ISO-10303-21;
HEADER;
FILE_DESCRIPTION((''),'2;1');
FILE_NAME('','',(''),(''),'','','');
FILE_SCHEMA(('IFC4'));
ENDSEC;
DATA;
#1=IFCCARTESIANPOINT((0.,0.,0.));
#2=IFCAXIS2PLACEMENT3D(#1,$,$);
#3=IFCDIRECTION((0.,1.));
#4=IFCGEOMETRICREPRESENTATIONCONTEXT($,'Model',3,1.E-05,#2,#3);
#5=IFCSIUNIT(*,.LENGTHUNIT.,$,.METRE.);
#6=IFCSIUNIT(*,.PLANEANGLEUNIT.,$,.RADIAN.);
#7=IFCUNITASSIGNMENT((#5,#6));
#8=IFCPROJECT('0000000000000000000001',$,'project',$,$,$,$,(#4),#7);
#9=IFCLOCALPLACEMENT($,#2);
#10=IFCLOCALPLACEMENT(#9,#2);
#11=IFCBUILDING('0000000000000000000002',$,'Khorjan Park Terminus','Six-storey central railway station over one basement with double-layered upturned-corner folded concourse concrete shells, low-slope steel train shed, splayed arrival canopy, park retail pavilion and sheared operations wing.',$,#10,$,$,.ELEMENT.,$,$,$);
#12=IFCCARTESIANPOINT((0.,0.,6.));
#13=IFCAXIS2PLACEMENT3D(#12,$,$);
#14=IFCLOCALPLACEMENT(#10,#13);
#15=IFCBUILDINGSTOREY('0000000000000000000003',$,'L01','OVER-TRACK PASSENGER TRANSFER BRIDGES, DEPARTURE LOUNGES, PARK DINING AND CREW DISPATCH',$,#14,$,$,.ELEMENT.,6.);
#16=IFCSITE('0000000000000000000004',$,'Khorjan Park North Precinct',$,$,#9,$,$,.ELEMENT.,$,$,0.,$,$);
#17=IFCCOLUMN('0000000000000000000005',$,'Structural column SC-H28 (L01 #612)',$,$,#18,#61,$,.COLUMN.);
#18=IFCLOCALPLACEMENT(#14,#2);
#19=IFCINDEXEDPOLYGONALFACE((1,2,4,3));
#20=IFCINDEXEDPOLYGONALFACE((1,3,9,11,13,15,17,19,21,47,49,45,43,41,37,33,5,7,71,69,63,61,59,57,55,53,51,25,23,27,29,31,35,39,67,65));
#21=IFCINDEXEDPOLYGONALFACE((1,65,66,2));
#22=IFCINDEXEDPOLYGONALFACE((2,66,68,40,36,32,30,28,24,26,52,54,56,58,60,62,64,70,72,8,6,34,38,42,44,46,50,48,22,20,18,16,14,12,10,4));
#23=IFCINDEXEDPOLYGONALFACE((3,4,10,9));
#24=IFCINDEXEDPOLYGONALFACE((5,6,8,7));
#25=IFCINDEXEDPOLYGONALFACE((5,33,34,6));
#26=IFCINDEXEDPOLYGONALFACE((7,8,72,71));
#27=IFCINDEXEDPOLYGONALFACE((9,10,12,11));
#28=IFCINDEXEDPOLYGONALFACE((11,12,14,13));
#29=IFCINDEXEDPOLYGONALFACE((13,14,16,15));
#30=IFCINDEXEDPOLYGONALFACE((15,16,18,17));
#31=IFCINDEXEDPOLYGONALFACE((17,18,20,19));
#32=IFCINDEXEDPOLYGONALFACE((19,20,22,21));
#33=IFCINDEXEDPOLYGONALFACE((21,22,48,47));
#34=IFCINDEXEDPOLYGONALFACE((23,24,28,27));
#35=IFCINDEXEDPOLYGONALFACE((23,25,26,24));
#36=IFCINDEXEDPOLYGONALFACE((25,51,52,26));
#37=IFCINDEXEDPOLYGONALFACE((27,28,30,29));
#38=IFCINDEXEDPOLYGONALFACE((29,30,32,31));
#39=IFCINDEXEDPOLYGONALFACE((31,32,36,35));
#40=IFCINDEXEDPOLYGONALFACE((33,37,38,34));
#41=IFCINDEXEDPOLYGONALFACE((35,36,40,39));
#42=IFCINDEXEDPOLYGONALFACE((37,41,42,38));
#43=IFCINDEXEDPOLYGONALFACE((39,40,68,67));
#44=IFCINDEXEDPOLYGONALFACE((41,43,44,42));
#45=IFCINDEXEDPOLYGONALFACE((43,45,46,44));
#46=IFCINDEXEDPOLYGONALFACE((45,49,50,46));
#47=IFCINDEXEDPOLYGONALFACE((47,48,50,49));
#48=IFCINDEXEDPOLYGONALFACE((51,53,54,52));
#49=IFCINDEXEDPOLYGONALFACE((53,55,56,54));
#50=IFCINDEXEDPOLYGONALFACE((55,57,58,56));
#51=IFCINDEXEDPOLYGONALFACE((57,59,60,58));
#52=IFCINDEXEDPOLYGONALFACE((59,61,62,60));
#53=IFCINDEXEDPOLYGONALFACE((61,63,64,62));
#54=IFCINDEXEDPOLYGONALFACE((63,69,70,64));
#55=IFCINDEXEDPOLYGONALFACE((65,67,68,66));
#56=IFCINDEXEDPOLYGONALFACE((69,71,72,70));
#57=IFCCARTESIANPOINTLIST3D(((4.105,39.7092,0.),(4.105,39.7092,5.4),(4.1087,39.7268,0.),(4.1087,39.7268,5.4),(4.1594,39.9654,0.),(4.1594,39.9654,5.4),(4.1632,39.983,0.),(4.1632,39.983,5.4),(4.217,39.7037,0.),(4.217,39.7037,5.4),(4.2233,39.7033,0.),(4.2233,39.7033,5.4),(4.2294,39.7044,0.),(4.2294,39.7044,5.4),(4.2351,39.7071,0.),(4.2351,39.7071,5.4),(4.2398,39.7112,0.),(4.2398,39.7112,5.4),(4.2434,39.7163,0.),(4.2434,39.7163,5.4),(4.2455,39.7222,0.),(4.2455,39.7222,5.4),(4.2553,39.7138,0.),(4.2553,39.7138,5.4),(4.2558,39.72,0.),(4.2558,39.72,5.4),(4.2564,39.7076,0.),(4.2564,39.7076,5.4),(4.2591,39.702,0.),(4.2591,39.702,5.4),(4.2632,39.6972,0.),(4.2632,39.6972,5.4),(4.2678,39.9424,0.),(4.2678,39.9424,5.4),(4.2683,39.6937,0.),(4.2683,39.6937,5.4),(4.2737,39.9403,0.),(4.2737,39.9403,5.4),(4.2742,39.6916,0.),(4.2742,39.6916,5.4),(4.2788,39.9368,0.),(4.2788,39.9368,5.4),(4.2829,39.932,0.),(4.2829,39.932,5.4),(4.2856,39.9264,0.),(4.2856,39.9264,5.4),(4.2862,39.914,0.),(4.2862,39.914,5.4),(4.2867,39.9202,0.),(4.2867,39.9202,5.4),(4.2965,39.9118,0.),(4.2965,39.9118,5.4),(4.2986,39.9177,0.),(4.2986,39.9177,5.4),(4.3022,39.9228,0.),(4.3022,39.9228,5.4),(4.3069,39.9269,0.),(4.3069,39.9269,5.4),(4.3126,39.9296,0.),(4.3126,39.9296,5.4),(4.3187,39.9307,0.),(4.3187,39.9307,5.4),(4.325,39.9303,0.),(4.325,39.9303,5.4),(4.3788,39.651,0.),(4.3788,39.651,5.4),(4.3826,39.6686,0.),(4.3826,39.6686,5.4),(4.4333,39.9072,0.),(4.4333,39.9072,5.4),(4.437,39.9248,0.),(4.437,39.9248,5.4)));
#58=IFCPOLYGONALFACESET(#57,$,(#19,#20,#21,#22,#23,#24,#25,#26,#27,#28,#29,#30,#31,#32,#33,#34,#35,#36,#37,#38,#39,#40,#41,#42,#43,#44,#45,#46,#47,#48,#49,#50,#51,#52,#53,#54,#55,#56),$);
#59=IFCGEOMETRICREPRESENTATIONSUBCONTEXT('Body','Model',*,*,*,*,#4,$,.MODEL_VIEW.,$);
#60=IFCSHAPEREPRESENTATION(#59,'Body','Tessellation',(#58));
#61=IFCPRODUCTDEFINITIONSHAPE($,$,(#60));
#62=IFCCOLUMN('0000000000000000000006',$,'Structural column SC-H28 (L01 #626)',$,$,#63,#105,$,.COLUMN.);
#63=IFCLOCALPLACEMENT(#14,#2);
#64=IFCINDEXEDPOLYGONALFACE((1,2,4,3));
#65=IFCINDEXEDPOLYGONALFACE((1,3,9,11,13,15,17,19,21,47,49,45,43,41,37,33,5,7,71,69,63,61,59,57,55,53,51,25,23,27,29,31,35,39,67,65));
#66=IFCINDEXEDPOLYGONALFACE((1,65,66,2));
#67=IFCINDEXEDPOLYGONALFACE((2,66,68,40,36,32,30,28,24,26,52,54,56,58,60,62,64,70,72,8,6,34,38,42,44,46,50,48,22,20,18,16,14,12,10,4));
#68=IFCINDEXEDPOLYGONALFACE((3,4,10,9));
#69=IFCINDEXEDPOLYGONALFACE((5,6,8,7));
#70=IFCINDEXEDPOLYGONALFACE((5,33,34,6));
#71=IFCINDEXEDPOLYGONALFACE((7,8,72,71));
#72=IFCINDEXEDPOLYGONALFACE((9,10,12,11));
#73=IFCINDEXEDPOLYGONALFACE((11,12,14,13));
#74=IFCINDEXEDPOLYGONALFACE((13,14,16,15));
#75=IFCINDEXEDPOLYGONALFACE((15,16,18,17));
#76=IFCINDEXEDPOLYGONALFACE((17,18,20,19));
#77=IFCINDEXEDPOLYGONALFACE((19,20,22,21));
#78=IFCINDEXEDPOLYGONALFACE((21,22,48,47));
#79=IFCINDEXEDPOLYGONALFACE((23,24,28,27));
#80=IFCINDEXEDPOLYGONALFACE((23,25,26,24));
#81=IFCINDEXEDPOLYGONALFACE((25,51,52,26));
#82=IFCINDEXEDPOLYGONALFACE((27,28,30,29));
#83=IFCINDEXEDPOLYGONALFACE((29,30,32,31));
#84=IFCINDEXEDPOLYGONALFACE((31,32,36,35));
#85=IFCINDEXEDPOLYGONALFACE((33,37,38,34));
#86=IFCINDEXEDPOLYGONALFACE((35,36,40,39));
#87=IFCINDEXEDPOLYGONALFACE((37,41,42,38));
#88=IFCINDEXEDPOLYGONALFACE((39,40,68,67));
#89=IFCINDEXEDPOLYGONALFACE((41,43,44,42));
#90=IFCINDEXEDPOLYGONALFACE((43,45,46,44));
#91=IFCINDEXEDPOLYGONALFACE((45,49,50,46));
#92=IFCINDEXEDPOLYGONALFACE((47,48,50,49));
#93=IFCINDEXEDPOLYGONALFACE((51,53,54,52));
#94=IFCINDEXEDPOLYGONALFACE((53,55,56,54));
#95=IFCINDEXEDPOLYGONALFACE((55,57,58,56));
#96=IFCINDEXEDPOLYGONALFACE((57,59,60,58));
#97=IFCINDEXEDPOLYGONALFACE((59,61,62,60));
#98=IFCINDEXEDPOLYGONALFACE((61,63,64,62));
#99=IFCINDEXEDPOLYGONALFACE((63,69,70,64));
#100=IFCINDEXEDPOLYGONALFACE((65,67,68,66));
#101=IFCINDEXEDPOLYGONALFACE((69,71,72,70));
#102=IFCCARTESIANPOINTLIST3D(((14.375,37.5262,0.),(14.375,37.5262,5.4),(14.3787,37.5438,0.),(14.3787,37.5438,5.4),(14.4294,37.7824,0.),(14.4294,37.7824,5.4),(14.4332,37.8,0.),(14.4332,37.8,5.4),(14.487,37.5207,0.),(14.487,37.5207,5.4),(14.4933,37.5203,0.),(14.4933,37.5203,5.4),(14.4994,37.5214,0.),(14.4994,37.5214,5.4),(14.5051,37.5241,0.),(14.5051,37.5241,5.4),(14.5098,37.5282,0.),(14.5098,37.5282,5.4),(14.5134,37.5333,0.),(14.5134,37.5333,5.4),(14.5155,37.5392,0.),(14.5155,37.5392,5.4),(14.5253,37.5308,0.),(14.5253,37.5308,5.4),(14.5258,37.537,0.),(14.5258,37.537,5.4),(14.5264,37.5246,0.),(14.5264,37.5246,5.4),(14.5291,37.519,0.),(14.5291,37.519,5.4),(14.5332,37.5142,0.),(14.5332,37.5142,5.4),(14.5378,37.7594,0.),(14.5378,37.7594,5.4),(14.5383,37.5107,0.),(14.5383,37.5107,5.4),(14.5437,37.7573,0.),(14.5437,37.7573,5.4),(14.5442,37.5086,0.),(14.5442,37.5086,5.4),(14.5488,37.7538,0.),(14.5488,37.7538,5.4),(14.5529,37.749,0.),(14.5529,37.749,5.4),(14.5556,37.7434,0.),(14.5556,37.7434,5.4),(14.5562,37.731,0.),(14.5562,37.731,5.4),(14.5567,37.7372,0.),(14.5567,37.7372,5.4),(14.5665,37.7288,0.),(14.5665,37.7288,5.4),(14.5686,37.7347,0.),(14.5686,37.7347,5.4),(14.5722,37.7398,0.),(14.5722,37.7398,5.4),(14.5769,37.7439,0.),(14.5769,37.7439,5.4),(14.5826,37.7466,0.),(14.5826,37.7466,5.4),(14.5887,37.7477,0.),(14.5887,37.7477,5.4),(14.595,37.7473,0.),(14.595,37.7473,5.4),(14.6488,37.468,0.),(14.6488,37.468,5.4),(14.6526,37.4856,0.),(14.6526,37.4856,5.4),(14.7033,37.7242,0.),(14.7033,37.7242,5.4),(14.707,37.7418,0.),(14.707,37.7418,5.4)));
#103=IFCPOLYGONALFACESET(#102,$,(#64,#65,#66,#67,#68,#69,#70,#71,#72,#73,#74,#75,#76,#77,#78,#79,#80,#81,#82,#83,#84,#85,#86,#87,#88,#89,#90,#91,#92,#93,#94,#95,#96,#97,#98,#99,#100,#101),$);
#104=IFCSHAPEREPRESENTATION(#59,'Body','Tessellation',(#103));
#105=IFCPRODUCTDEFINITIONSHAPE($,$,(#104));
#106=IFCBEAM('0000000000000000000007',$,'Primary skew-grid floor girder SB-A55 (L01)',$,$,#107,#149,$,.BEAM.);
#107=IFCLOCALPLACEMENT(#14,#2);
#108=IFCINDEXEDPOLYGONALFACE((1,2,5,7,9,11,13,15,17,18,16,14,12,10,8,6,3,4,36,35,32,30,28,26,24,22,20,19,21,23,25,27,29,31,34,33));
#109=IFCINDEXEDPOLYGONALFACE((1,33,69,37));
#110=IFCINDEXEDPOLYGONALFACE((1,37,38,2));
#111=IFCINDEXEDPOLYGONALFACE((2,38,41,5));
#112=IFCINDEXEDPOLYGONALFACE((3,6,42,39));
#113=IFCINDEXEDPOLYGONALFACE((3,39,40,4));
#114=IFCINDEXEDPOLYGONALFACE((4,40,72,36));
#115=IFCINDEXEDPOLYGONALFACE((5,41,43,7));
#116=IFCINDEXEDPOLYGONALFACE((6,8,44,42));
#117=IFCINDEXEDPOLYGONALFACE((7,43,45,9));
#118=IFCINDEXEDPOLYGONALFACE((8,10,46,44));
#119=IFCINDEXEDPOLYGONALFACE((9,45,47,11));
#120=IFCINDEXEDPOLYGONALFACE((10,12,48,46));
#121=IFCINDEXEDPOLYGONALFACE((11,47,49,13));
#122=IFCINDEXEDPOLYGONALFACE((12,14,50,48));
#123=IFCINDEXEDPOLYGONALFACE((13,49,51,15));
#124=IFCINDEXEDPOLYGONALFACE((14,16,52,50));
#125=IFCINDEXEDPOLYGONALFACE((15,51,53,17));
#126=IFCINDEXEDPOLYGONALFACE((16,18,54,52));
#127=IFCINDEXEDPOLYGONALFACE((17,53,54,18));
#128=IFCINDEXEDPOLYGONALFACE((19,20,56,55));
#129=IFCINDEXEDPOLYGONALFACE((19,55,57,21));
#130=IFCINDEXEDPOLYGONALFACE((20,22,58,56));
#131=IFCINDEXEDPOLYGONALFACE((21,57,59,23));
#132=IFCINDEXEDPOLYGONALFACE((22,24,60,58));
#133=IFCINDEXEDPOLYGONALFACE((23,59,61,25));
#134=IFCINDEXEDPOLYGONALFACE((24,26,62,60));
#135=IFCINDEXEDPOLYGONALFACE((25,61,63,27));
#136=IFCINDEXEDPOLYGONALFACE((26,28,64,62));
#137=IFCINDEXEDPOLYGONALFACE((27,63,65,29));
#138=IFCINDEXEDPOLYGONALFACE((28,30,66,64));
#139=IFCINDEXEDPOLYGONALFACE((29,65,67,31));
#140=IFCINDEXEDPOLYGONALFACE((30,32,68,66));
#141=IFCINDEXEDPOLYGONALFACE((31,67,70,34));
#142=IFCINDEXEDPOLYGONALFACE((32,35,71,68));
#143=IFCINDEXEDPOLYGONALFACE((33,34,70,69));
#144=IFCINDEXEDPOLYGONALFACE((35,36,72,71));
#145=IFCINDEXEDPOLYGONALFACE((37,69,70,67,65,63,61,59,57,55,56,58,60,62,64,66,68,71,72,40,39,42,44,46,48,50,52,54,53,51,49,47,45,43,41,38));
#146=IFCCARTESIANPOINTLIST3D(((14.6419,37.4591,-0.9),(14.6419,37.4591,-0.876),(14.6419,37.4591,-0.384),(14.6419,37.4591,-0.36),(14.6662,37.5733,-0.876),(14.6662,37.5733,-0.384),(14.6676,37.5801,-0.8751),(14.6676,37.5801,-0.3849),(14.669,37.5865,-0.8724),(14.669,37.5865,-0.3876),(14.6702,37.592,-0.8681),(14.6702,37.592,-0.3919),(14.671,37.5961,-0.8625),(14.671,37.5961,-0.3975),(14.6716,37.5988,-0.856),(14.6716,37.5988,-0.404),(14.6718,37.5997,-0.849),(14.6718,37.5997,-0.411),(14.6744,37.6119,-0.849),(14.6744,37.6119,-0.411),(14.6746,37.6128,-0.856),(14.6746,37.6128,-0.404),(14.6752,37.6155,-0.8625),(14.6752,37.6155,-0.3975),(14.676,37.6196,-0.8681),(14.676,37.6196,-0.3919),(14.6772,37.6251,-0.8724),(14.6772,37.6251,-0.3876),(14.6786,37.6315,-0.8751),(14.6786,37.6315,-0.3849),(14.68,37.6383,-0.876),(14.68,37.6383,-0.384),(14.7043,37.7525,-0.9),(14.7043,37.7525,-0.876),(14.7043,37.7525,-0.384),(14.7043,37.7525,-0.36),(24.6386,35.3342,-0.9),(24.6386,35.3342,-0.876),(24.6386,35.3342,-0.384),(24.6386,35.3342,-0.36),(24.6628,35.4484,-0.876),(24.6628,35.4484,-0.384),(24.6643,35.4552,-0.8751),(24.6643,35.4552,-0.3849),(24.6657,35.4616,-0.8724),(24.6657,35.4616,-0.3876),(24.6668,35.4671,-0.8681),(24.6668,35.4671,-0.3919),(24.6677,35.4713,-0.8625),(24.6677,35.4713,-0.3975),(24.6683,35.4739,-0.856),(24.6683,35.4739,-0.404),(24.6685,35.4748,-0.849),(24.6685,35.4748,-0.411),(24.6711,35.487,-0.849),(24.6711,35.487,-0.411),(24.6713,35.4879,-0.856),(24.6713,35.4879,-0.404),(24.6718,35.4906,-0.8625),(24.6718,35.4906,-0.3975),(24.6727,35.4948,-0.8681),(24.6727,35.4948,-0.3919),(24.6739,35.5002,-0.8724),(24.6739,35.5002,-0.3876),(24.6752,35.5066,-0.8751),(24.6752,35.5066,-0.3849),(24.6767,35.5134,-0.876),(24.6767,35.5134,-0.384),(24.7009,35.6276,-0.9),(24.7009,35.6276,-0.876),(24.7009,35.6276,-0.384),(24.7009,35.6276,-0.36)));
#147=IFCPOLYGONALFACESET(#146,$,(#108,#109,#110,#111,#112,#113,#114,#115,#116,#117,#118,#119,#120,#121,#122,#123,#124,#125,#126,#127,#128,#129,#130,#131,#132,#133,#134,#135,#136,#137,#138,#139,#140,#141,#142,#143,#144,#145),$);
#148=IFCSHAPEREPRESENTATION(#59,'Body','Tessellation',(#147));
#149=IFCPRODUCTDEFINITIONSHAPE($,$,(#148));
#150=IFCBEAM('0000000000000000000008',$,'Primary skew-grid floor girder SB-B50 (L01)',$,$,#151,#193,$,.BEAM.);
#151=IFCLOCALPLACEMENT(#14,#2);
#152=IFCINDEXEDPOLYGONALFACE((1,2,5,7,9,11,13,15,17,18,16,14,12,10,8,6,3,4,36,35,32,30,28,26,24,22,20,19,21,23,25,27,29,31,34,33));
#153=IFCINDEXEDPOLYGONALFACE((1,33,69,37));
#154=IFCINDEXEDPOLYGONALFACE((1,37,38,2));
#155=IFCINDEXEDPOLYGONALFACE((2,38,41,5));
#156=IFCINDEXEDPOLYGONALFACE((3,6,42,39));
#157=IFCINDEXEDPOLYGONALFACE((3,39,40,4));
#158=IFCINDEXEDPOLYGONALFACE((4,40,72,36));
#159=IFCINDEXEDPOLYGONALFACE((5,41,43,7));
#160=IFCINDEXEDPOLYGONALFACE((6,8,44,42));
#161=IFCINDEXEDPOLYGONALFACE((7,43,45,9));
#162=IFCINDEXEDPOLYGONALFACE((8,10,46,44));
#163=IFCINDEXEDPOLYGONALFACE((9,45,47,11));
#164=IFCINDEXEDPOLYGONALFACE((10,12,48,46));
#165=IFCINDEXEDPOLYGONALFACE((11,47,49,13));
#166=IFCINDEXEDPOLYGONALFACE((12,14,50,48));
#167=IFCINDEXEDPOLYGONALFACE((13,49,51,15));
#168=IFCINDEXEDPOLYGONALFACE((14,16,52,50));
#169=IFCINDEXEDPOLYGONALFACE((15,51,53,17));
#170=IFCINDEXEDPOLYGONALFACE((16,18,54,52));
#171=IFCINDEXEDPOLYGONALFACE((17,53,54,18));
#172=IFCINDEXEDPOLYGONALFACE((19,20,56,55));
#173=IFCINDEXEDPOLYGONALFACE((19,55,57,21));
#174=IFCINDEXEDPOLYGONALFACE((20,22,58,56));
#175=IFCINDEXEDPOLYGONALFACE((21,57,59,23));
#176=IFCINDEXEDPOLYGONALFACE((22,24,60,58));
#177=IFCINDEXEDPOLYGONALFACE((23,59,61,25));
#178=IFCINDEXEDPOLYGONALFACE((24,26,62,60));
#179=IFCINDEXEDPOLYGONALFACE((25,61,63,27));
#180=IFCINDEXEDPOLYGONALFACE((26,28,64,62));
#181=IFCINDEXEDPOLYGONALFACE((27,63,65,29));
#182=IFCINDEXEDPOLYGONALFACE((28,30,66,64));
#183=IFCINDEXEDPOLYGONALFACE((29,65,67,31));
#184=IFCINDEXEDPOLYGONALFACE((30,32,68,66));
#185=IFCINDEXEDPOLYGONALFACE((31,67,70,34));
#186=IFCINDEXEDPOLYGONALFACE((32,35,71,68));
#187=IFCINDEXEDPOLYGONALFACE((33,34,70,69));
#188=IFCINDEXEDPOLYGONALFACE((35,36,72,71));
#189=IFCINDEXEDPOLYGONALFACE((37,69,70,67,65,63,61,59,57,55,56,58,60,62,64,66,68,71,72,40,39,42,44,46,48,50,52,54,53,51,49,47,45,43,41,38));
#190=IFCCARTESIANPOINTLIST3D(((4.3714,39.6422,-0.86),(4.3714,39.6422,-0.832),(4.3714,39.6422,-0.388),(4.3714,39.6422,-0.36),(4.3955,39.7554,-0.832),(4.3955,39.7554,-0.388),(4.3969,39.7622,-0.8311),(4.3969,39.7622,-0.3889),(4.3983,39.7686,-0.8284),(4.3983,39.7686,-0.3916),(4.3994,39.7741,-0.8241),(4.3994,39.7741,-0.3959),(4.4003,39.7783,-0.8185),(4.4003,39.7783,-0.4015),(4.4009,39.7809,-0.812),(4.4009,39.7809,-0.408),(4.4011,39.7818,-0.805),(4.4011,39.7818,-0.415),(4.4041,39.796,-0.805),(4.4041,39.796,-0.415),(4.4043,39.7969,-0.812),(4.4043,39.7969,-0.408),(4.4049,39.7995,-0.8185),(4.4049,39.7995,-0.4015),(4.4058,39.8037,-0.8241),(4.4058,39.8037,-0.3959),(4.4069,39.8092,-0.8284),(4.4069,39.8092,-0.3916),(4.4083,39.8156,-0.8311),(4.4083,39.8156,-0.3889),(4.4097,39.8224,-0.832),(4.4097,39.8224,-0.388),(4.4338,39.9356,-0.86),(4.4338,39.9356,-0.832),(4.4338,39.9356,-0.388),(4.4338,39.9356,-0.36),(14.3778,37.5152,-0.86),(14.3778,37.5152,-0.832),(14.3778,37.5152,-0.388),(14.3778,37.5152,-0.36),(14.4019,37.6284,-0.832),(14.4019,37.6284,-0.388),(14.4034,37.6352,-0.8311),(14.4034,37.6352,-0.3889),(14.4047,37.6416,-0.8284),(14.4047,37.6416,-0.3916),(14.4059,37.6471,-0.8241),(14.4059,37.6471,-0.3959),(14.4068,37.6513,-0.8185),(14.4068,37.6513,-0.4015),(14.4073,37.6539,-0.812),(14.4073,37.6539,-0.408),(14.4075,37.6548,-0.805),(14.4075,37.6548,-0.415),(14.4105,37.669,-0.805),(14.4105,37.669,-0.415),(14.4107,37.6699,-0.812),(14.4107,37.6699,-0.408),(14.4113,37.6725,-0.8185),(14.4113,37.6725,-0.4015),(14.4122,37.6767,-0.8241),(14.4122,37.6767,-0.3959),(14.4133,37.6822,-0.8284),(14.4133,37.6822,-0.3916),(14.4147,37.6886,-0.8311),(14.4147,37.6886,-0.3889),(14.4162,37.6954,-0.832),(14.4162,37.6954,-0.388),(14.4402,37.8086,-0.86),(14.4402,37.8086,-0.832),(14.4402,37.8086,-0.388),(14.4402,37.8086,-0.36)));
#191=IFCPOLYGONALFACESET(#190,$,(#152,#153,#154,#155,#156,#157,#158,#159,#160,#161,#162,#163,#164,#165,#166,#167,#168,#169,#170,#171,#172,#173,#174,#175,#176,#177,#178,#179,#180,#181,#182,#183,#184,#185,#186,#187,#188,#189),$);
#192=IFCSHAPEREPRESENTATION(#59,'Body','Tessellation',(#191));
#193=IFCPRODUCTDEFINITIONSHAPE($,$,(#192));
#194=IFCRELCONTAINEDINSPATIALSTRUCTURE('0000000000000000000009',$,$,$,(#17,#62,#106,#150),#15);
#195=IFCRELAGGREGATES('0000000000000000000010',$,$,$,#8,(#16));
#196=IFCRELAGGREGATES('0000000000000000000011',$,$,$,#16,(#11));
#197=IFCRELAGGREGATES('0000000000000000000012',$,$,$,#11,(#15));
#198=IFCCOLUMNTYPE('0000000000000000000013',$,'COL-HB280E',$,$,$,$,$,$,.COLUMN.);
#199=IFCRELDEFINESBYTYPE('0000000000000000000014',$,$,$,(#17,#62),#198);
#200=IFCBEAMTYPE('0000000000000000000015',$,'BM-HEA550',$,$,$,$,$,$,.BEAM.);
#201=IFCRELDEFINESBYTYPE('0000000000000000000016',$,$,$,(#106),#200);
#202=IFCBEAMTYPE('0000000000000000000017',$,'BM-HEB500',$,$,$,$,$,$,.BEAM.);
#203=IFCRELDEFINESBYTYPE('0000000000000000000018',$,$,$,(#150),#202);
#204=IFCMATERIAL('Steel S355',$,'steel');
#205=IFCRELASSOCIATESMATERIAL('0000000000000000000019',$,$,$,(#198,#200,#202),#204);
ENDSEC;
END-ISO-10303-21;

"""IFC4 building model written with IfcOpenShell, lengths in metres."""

from ifc_helpers import new_model, si_unit, direction, frame, origin, origin_2d, place, context, subcontext, project, spatial, i_section, extrude, material, material_profile, profile_set, type_object, element, save


model = new_model("IFC4")

# Units and contexts
model_context = context("Model", 3, precision=1e-05, world=origin(), true_north=direction((0.0, 1.0)))
body_context = subcontext(model_context, "Body", "Model", "MODEL_VIEW")
ifc_project = project(units=[si_unit("LENGTHUNIT", "METRE"), si_unit("PLANEANGLEUNIT", "RADIAN")], contexts=[model_context])

# Site, building, storey
site_placement = place(None, origin())
site = spatial("IfcSite", under=ifc_project, at=site_placement, Name="Khorjan Park North Precinct", CompositionType="ELEMENT", RefElevation=0.0)
building_placement = place(site_placement, origin())
building = spatial("IfcBuilding", under=site, at=building_placement, Name="Khorjan Park Terminus", Description="Six-storey central railway station over one basement with double-layered upturned-corner folded concourse concrete shells, low-slope steel train shed, splayed arrival canopy, park retail pavilion and sheared operations wing.", CompositionType="ELEMENT")
storey_placement = place(building_placement, frame((0.0, 0.0, 6.0)))
storey = spatial("IfcBuildingStorey", under=building, at=storey_placement, Name="L01", Description="OVER-TRACK PASSENGER TRANSFER BRIDGES, DEPARTURE LOUNGES, PARK DINING AND CREW DISPATCH", CompositionType="ELEMENT", Elevation=6.0)

# Columns
ifc_material_1 = material(Name="Steel S355", Category="steel")
ifc_material_profile_1 = material_profile(ifc_material_1, i_section(OverallWidth=0.28, OverallDepth=0.28, WebThickness=0.0105, FlangeThickness=0.018, FilletRadius=0.024, at=origin_2d()), Name="HEB 280")
ifc_profile_set_1 = profile_set([ifc_material_profile_1], Name="Steel S355")
column_type = type_object("IfcColumnType", Name="COL-HB280E", PredefinedType="COLUMN", material=ifc_profile_set_1)
for number, where, z_axis, x_axis, name in (
    (1, (4.271, 39.817, 0.0), (0.0, 0.0, 1.0), (0.978148, -0.207912, 0.0), "Structural column SC-H28 (L01 #612)"),
    (2, (14.541, 37.634, 0.0), (0.0, 0.0, 1.0), (0.978148, -0.207912, 0.0), "Structural column SC-H28 (L01 #626)"),
):
    element("IfcColumn", number, at=place(storey_placement, frame(where, z_axis=z_axis, x_axis=x_axis)), inside=storey, type_object=column_type, Name=name, PredefinedType="COLUMN", context=body_context, shape_type="SweptSolid", body=[
        extrude(i_section(OverallWidth=0.28, OverallDepth=0.28, WebThickness=0.0105, FlangeThickness=0.018, FilletRadius=0.024, at=origin_2d()), origin(), (0.0, 0.0, 1.0), 5.4),
    ])

# Beams
ifc_material_profile_2 = material_profile(ifc_material_1, i_section(OverallWidth=0.3, OverallDepth=0.54, WebThickness=0.0125, FlangeThickness=0.024, FilletRadius=0.027, at=origin_2d()), Name="HEA 550")
ifc_profile_set_2 = profile_set([ifc_material_profile_2], Name="Steel S355")
beam_type_1 = type_object("IfcBeamType", Name="BM-HEA550", PredefinedType="BEAM", material=ifc_profile_set_2)
beam_1_placement = place(storey_placement, frame((14.6731, 37.6058, -0.63), z_axis=(0.978147, -0.207915, 0.0), x_axis=(0.207915, 0.978147, 0.0)))
element("IfcBeam", 3, at=beam_1_placement, inside=storey, type_object=beam_type_1, Name="Primary skew-grid floor girder SB-A55 (L01)", PredefinedType="BEAM", context=body_context, shape_type="SweptSolid", body=[
    extrude(i_section(OverallWidth=0.3, OverallDepth=0.54, WebThickness=0.0125, FlangeThickness=0.024, FilletRadius=0.027, at=origin_2d()), origin(), (0.0, 0.0, 1.0), 10.22),
])
ifc_material_profile_3 = material_profile(ifc_material_1, i_section(OverallWidth=0.3, OverallDepth=0.5, WebThickness=0.0145, FlangeThickness=0.028, FilletRadius=0.027, at=origin_2d()), Name="HEB 500")
ifc_profile_set_3 = profile_set([ifc_material_profile_3], Name="Steel S355")
beam_type_2 = type_object("IfcBeamType", Name="BM-HEB500", PredefinedType="BEAM", material=ifc_profile_set_3)
beam_2_placement = place(storey_placement, frame((4.4026, 39.7889, -0.61), z_axis=(0.978146, -0.207919, 0.0), x_axis=(0.207919, 0.978146, 0.0)))
element("IfcBeam", 4, at=beam_2_placement, inside=storey, type_object=beam_type_2, Name="Primary skew-grid floor girder SB-B50 (L01)", PredefinedType="BEAM", context=body_context, shape_type="SweptSolid", body=[
    extrude(i_section(OverallWidth=0.3, OverallDepth=0.5, WebThickness=0.0145, FlangeThickness=0.028, FilletRadius=0.027, at=origin_2d()), origin(), (0.0, 0.0, 1.0), 10.23),
])

save(model, "model.ifc")
